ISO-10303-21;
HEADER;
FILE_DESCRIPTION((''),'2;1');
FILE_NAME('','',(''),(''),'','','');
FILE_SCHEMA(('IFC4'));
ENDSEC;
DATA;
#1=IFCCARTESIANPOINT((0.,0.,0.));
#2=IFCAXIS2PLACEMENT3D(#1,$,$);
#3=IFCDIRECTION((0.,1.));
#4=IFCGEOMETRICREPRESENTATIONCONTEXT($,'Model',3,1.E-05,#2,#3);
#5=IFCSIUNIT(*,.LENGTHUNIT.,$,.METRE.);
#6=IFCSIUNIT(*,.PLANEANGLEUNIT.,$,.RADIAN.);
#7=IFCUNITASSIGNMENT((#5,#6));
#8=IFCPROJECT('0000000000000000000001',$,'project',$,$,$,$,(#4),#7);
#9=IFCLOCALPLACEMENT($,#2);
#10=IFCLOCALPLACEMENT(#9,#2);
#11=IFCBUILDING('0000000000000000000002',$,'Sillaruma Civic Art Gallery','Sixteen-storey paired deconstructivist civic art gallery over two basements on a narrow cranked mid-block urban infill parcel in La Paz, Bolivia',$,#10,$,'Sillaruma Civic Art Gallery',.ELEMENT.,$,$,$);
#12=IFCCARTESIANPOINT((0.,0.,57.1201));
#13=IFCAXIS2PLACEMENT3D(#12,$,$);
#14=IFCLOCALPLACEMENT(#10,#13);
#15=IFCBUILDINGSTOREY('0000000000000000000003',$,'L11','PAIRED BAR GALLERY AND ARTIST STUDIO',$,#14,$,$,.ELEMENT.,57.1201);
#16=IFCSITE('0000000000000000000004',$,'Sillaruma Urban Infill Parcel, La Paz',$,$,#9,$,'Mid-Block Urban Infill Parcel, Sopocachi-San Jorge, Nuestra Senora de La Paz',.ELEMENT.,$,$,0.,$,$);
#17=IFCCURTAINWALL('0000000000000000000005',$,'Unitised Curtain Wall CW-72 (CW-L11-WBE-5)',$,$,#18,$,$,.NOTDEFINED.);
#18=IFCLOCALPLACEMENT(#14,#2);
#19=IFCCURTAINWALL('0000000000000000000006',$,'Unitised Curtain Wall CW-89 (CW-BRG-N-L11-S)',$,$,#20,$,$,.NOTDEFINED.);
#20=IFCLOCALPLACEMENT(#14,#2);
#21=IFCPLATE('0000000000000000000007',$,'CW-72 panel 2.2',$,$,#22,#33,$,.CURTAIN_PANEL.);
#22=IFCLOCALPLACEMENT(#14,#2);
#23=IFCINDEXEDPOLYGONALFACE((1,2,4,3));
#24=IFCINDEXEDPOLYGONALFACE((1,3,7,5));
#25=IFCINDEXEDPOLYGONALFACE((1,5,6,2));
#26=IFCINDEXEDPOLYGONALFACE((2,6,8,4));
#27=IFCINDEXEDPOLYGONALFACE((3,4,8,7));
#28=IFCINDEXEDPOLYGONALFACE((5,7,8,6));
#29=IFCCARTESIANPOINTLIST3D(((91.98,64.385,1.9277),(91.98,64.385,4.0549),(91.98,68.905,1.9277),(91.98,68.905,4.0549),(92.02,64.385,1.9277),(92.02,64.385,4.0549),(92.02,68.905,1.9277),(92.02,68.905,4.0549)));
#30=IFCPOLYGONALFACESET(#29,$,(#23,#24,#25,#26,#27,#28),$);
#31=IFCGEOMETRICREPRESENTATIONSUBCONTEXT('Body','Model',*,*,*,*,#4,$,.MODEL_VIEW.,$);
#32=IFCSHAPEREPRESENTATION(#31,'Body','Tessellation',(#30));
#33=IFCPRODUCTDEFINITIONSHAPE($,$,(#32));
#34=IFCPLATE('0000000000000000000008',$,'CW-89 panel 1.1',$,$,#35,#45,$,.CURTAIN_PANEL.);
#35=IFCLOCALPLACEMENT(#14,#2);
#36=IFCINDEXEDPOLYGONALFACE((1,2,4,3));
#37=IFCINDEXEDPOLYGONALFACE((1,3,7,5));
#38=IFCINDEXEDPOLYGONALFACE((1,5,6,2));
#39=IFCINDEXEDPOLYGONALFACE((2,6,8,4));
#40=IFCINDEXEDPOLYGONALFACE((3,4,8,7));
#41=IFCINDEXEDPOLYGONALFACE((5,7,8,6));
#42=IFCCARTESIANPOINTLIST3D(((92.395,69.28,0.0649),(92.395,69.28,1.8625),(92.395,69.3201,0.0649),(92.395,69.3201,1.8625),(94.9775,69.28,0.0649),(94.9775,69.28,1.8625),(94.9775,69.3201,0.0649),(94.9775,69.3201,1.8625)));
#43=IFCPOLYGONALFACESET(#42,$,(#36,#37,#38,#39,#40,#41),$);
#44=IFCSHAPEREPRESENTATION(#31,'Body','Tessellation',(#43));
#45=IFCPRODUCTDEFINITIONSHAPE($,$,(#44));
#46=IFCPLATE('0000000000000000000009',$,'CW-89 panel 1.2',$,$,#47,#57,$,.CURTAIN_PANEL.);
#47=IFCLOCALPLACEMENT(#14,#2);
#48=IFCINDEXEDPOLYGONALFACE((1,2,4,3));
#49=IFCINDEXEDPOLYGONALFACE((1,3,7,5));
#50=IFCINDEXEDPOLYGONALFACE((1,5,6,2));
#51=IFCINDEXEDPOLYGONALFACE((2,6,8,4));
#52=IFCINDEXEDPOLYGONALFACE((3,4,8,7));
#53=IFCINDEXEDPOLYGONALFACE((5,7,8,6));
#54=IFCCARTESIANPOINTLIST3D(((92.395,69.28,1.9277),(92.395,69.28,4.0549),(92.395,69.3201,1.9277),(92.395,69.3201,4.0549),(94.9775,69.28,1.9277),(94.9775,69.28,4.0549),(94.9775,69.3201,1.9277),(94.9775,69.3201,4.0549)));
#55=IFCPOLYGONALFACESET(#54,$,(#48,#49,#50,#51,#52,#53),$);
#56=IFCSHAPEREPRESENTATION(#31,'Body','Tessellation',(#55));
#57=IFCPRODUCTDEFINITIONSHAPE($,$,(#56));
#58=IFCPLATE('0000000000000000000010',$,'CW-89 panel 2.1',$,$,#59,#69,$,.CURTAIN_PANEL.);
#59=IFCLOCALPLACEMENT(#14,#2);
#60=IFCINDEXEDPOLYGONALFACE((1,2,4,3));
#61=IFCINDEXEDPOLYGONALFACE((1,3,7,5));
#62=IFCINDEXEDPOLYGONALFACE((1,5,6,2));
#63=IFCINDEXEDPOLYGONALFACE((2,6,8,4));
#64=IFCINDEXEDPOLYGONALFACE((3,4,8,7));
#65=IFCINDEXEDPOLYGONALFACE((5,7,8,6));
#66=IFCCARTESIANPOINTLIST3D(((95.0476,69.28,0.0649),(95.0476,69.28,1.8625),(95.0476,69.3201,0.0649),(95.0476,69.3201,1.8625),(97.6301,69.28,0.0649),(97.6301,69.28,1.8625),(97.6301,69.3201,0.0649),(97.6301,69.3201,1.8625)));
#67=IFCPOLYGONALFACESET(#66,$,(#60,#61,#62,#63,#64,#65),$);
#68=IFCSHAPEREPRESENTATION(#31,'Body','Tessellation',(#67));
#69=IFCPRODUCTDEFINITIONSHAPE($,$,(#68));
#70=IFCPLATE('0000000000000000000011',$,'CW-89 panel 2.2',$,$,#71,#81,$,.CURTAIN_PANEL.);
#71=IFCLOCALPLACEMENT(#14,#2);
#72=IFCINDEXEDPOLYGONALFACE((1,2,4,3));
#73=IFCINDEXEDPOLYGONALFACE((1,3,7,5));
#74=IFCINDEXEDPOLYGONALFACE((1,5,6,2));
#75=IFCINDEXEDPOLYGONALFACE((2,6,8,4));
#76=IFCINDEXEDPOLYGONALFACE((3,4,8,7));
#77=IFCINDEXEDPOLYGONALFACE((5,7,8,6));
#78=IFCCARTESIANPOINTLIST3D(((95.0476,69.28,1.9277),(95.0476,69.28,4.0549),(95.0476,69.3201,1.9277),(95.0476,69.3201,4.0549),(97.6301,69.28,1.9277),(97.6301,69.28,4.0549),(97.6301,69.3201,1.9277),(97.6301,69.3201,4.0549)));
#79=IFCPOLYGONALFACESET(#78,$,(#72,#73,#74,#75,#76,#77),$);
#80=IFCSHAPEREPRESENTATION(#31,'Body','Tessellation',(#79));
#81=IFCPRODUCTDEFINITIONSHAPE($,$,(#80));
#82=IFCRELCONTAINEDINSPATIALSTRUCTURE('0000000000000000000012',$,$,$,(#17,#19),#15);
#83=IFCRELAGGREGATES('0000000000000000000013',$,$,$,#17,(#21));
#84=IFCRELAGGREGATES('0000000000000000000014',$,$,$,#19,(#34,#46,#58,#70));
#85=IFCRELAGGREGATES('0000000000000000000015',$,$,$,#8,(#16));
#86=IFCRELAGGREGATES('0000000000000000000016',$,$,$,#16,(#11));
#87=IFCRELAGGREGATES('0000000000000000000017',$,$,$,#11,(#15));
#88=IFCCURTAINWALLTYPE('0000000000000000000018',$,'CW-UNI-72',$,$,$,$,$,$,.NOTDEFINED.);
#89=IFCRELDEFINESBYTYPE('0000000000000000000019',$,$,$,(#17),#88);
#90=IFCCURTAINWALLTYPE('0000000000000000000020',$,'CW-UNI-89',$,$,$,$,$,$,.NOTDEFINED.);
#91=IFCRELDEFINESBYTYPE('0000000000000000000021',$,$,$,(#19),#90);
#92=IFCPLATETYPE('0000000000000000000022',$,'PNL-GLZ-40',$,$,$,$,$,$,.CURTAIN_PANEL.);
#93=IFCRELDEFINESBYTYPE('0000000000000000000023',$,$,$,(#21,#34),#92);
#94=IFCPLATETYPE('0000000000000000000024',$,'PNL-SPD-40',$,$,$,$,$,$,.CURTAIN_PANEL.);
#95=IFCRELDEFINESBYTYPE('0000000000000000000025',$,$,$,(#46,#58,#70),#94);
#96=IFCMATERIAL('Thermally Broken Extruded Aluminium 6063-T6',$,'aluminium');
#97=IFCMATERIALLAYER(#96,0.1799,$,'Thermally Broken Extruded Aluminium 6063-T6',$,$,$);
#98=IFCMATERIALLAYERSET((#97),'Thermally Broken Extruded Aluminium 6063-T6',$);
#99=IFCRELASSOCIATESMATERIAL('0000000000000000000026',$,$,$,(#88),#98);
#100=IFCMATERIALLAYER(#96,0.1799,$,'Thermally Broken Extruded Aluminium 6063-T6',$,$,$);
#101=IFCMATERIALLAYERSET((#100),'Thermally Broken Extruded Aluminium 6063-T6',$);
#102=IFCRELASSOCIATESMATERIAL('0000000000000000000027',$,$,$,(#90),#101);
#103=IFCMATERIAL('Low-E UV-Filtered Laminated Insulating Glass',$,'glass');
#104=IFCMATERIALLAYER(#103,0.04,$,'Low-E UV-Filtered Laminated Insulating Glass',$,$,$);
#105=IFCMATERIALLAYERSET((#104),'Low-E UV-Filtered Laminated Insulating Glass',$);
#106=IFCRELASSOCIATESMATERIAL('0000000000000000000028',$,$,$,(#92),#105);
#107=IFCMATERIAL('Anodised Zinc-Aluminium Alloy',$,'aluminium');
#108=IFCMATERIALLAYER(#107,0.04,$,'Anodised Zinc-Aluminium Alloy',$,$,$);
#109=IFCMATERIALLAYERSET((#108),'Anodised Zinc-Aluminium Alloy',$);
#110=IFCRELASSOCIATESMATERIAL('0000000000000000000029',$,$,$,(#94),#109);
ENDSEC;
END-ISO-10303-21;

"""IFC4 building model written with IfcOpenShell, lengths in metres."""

from ifc_helpers import new_model, si_unit, direction, frame, origin, origin_2d, place, context, subcontext, project, spatial, rectangle, extrude, material, layer, layer_set, type_object, element, aggregate, save


model = new_model("IFC4")

# Units and contexts
model_context = context("Model", 3, precision=1e-05, world=origin(), true_north=direction((0.0, 1.0)))
body_context = subcontext(model_context, "Body", "Model", "MODEL_VIEW")
ifc_project = project(units=[si_unit("LENGTHUNIT", "METRE"), si_unit("PLANEANGLEUNIT", "RADIAN")], contexts=[model_context])

# Site, building, storey
site_placement = place(None, origin())
site = spatial("IfcSite", under=ifc_project, at=site_placement, Name="Sillaruma Urban Infill Parcel, La Paz", LongName="Mid-Block Urban Infill Parcel, Sopocachi-San Jorge, Nuestra Senora de La Paz", CompositionType="ELEMENT", RefElevation=0.0)
building_placement = place(site_placement, origin())
building = spatial("IfcBuilding", under=site, at=building_placement, Name="Sillaruma Civic Art Gallery", Description="Sixteen-storey paired deconstructivist civic art gallery over two basements on a narrow cranked mid-block urban infill parcel in La Paz, Bolivia", LongName="Sillaruma Civic Art Gallery", CompositionType="ELEMENT")
storey_placement = place(building_placement, frame((0.0, 0.0, 57.1201)))
storey = spatial("IfcBuildingStorey", under=building, at=storey_placement, Name="L11", Description="PAIRED BAR GALLERY AND ARTIST STUDIO", CompositionType="ELEMENT", Elevation=57.1201)

# Curtain wall
ifc_material_1 = material(Name="Thermally Broken Extruded Aluminium 6063-T6", Category="aluminium")
ifc_layer_1 = layer(ifc_material_1, 0.1799, Name="Thermally Broken Extruded Aluminium 6063-T6")
ifc_layer_set_1 = layer_set([ifc_layer_1], Name="Thermally Broken Extruded Aluminium 6063-T6")
curtain_wall_type_1 = type_object("IfcCurtainWallType", Name="CW-UNI-72", PredefinedType="NOTDEFINED", material=ifc_layer_set_1)
curtain_wall_1_placement = place(storey_placement, origin())
curtain_wall_1 = element("IfcCurtainWall", 1, at=curtain_wall_1_placement, inside=storey, type_object=curtain_wall_type_1, Name="Unitised Curtain Wall CW-72 (CW-L11-WBE-5)", PredefinedType="NOTDEFINED")

# Curtain wall
ifc_layer_2 = layer(ifc_material_1, 0.1799, Name="Thermally Broken Extruded Aluminium 6063-T6")
ifc_layer_set_2 = layer_set([ifc_layer_2], Name="Thermally Broken Extruded Aluminium 6063-T6")
curtain_wall_type_2 = type_object("IfcCurtainWallType", Name="CW-UNI-89", PredefinedType="NOTDEFINED", material=ifc_layer_set_2)
curtain_wall_2_placement = place(storey_placement, origin())
curtain_wall_2 = element("IfcCurtainWall", 2, at=curtain_wall_2_placement, inside=storey, type_object=curtain_wall_type_2, Name="Unitised Curtain Wall CW-89 (CW-BRG-N-L11-S)", PredefinedType="NOTDEFINED")

# Plates
ifc_material_2 = material(Name="Anodised Zinc-Aluminium Alloy", Category="aluminium")
ifc_material_3 = material(Name="Low-E UV-Filtered Laminated Insulating Glass", Category="glass")
ifc_layer_3 = layer(ifc_material_3, 0.04, Name="Low-E UV-Filtered Laminated Insulating Glass")
ifc_layer_set_3 = layer_set([ifc_layer_3], Name="Low-E UV-Filtered Laminated Insulating Glass")
plate_type_1 = type_object("IfcPlateType", Name="PNL-GLZ-40", PredefinedType="CURTAIN_PANEL", material=ifc_layer_set_3)
plate_1_placement = place(storey_placement, frame((92.0, 66.645, 1.9277), z_axis=(0.0, 0.0, 1.0), x_axis=(0.0, 1.0, 0.0)))
plate_1 = element("IfcPlate", 3, at=plate_1_placement, type_object=plate_type_1, Name="CW-72 panel 2.2", PredefinedType="CURTAIN_PANEL", context=body_context, shape_type="SweptSolid", body=[
    extrude(rectangle(XDim=4.52, YDim=0.04, at=origin_2d()), origin(), (0.0, 0.0, 1.0), 2.1272),
])
aggregate(curtain_wall_1, [plate_1])
plate_2_placement = place(storey_placement, frame((93.6863, 69.3, 0.0649), z_axis=(0.0, 0.0, 1.0), x_axis=(1.0, 0.0, 0.0)))
plate_2 = element("IfcPlate", 4, at=plate_2_placement, type_object=plate_type_1, Name="CW-89 panel 1.1", PredefinedType="CURTAIN_PANEL", context=body_context, shape_type="SweptSolid", body=[
    extrude(rectangle(XDim=2.5825, YDim=0.04, at=origin_2d()), origin(), (0.0, 0.0, 1.0), 1.7976),
])
ifc_layer_4 = layer(ifc_material_2, 0.04, Name="Anodised Zinc-Aluminium Alloy")
ifc_layer_set_4 = layer_set([ifc_layer_4], Name="Anodised Zinc-Aluminium Alloy")
plate_type_2 = type_object("IfcPlateType", Name="PNL-SPD-40", PredefinedType="CURTAIN_PANEL", material=ifc_layer_set_4)
plate_3_placement = place(storey_placement, frame((93.6863, 69.3, 1.9277), z_axis=(0.0, 0.0, 1.0), x_axis=(1.0, 0.0, 0.0)))
plate_3 = element("IfcPlate", 5, at=plate_3_placement, type_object=plate_type_2, Name="CW-89 panel 1.2", PredefinedType="CURTAIN_PANEL", context=body_context, shape_type="SweptSolid", body=[
    extrude(rectangle(XDim=2.5825, YDim=0.04, at=origin_2d()), origin(), (0.0, 0.0, 1.0), 2.1272),
])
plate_4_placement = place(storey_placement, frame((96.3389, 69.3, 0.0649), z_axis=(0.0, 0.0, 1.0), x_axis=(1.0, 0.0, 0.0)))
plate_4 = element("IfcPlate", 6, at=plate_4_placement, type_object=plate_type_2, Name="CW-89 panel 2.1", PredefinedType="CURTAIN_PANEL", context=body_context, shape_type="SweptSolid", body=[
    extrude(rectangle(XDim=2.5825, YDim=0.04, at=origin_2d()), origin(), (0.0, 0.0, 1.0), 1.7976),
])
plate_5_placement = place(storey_placement, frame((96.3389, 69.3, 1.9277), z_axis=(0.0, 0.0, 1.0), x_axis=(1.0, 0.0, 0.0)))
plate_5 = element("IfcPlate", 7, at=plate_5_placement, type_object=plate_type_2, Name="CW-89 panel 2.2", PredefinedType="CURTAIN_PANEL", context=body_context, shape_type="SweptSolid", body=[
    extrude(rectangle(XDim=2.5825, YDim=0.04, at=origin_2d()), origin(), (0.0, 0.0, 1.0), 2.1272),
])
aggregate(curtain_wall_2, [plate_2, plate_3, plate_4, plate_5])

save(model, "model.ifc")
